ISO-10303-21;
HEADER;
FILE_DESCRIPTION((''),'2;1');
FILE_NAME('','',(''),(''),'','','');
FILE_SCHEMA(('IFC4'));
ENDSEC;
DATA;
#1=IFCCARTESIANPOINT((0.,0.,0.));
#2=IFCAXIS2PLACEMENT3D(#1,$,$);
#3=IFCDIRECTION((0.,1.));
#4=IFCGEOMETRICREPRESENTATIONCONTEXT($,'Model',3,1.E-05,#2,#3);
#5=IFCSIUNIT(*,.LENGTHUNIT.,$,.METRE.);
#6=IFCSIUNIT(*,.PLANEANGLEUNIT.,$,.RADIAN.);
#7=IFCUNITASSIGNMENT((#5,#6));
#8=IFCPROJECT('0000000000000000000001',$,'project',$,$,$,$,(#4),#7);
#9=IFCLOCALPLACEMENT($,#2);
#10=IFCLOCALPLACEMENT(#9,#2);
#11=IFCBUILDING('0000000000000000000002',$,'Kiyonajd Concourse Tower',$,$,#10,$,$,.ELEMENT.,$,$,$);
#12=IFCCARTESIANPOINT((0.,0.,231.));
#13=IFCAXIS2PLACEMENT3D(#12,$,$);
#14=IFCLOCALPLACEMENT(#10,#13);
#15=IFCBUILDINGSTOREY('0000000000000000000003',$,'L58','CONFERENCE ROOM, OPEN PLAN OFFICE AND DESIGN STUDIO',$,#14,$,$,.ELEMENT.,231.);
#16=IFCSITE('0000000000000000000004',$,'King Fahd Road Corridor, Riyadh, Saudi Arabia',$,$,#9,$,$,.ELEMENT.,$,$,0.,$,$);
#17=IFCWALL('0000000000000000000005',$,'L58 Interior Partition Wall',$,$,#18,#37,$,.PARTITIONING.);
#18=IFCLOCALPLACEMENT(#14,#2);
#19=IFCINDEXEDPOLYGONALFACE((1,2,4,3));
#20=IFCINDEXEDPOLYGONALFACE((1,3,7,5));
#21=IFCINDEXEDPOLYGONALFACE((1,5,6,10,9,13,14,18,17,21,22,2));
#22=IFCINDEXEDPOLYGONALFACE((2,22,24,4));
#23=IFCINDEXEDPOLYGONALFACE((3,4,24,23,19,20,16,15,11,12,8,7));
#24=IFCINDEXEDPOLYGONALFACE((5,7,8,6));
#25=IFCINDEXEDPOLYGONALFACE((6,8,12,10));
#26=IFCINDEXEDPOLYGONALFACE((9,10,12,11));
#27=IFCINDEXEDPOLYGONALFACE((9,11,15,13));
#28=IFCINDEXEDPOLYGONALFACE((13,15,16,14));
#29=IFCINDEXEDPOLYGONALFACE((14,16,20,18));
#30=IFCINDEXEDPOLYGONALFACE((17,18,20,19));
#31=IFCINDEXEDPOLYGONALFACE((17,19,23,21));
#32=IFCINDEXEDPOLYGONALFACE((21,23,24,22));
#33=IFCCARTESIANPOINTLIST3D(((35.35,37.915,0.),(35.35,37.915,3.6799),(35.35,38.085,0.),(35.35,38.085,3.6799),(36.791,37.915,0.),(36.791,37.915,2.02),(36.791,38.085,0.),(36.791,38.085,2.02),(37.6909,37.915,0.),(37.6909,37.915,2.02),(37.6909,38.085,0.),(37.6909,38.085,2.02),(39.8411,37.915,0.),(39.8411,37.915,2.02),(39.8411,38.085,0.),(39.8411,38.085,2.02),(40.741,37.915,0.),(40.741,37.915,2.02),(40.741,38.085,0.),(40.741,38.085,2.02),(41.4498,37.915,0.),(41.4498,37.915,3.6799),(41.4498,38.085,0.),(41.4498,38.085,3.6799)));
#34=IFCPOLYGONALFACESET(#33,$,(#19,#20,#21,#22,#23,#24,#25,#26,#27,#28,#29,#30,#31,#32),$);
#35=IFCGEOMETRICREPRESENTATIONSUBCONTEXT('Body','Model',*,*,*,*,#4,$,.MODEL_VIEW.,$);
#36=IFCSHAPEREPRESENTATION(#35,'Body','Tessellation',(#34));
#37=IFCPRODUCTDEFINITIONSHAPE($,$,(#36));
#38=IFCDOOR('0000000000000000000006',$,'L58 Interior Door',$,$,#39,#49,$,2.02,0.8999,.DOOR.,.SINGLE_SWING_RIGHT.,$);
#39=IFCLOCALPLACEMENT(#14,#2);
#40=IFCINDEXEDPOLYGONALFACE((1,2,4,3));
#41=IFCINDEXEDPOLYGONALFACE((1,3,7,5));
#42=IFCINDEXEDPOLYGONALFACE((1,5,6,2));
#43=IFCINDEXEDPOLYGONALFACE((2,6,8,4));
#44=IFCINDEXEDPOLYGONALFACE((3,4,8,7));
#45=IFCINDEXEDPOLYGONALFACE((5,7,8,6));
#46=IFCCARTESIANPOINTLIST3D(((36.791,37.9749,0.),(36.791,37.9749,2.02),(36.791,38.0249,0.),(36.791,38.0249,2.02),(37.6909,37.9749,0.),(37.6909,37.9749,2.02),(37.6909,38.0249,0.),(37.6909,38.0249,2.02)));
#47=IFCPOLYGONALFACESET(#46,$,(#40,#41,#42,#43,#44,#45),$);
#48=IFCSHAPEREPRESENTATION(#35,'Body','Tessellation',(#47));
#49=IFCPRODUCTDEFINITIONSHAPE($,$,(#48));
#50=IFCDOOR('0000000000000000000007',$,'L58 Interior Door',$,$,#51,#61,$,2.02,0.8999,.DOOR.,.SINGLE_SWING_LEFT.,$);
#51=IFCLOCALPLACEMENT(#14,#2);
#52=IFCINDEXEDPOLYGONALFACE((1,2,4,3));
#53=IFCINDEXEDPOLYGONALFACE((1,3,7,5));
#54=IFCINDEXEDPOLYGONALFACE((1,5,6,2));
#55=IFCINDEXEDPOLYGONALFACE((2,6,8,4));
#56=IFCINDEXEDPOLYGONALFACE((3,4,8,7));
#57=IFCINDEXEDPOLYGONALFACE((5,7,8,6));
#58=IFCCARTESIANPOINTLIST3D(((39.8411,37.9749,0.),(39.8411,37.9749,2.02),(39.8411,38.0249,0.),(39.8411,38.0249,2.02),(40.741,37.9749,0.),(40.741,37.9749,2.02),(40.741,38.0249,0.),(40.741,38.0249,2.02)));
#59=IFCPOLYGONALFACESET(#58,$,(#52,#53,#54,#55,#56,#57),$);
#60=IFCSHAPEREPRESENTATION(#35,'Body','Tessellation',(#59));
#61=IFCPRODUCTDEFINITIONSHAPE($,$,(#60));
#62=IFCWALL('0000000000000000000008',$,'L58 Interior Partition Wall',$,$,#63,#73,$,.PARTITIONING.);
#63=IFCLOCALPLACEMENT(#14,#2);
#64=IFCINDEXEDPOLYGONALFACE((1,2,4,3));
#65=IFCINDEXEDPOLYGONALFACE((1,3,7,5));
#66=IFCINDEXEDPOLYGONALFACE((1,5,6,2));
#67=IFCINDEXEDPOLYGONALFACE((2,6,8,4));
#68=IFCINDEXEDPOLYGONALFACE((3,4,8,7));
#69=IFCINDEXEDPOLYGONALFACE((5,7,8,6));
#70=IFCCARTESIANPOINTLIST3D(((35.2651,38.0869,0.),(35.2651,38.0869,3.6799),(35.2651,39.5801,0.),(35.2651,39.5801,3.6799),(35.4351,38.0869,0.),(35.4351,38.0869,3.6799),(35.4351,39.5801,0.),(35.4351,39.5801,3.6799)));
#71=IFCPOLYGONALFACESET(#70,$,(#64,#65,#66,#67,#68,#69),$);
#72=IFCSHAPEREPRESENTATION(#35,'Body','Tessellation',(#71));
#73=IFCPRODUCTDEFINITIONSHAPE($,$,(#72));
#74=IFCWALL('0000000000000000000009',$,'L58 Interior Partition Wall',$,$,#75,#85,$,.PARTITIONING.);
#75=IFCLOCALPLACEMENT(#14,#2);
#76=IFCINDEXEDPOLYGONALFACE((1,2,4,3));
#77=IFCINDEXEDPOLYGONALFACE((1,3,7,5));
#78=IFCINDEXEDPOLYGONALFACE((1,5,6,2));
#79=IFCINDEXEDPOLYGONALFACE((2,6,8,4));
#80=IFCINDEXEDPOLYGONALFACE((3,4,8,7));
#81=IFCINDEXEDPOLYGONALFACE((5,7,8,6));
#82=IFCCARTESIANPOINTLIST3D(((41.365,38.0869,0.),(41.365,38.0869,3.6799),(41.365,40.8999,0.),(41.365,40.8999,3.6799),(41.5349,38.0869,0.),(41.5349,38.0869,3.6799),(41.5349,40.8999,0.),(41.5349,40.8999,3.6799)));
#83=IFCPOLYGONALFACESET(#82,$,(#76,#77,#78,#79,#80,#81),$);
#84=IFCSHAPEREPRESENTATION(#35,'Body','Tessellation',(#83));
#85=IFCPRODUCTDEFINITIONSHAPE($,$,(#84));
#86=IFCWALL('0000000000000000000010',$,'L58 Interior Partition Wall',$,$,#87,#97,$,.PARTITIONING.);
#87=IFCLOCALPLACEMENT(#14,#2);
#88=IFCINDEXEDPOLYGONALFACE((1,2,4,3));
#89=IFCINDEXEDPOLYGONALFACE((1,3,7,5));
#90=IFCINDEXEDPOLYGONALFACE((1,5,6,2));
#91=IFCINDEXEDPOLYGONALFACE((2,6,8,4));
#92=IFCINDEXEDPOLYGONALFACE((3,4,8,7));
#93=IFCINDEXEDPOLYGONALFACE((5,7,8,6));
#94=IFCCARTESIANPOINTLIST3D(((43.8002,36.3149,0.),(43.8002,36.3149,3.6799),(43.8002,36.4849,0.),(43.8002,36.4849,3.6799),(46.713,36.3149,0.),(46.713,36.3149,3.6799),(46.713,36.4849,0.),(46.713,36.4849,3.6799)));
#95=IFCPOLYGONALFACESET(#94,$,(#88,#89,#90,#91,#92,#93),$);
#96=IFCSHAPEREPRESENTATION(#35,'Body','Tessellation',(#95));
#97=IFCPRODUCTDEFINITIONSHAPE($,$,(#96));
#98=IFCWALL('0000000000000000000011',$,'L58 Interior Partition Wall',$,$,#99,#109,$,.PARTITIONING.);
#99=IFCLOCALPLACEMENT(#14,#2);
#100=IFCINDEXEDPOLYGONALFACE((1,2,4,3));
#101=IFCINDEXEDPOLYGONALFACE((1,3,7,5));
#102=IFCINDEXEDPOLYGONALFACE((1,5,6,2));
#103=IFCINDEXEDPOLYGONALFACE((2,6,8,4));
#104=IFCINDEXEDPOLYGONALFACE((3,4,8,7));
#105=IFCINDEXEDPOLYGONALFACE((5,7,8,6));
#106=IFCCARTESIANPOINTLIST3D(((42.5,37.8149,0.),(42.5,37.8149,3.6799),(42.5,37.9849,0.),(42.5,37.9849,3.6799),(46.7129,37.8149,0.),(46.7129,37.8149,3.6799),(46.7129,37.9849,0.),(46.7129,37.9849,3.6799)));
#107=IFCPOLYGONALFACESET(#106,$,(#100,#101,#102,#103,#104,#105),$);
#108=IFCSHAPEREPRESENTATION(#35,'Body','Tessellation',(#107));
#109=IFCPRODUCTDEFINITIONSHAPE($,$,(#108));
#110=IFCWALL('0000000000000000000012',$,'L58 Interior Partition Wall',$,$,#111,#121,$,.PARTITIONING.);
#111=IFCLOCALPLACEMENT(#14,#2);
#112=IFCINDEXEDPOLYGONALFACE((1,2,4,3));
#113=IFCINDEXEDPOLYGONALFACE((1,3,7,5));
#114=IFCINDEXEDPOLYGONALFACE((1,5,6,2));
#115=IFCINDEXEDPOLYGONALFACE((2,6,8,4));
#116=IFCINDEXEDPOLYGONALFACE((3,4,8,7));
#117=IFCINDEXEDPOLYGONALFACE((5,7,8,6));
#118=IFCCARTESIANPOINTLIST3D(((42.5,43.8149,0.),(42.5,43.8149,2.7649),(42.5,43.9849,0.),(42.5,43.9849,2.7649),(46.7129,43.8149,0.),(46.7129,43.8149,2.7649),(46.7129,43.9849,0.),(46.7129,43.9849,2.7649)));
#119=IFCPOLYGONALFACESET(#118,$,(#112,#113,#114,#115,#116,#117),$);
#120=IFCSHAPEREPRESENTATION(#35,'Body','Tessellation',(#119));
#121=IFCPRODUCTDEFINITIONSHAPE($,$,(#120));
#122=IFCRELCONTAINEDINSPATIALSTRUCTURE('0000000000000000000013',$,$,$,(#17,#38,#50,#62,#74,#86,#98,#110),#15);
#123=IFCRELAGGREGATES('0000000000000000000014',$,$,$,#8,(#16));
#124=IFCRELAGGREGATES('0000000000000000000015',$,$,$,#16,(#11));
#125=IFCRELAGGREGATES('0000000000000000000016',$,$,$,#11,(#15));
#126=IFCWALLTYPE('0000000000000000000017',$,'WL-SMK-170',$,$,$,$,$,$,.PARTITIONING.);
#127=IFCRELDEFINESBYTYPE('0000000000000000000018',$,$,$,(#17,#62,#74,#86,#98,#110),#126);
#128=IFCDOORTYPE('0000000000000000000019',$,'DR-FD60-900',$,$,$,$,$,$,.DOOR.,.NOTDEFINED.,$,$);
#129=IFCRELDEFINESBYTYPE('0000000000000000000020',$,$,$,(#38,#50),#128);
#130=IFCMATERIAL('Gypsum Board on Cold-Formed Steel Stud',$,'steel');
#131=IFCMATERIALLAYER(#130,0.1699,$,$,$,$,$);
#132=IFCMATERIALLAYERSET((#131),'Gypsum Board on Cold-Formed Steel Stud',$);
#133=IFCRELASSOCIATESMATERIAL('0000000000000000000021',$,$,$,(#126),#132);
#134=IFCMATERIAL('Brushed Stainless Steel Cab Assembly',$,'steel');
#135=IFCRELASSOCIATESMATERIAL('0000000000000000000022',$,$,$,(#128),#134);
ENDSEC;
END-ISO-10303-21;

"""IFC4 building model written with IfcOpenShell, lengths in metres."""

from ifc_helpers import new_model, si_unit, direction, frame, frame_2d, origin, place, context, subcontext, project, spatial, rectangle, extrude, material, layer, layer_set, type_object, element, fill, save


model = new_model("IFC4")

# Units and contexts
model_context = context("Model", 3, precision=1e-05, world=origin(), true_north=direction((0.0, 1.0)))
body_context = subcontext(model_context, "Body", "Model", "MODEL_VIEW")
ifc_project = project(units=[si_unit("LENGTHUNIT", "METRE"), si_unit("PLANEANGLEUNIT", "RADIAN")], contexts=[model_context])

# Site, building, storey
site_placement = place(None, origin())
site = spatial("IfcSite", under=ifc_project, at=site_placement, Name="King Fahd Road Corridor, Riyadh, Saudi Arabia", CompositionType="ELEMENT", RefElevation=0.0)
building_placement = place(site_placement, origin())
building = spatial("IfcBuilding", under=site, at=building_placement, Name="Kiyonajd Concourse Tower", CompositionType="ELEMENT")
storey_placement = place(building_placement, frame((0.0, 0.0, 231.0)))
storey = spatial("IfcBuildingStorey", under=building, at=storey_placement, Name="L58", Description="CONFERENCE ROOM, OPEN PLAN OFFICE AND DESIGN STUDIO", CompositionType="ELEMENT", Elevation=231.0)

# Shared definitions
ifc_material_1 = material(Name="Gypsum Board on Cold-Formed Steel Stud", Category="steel")

# Wall, openings, doors
ifc_layer_1 = layer(ifc_material_1, 0.1699)
ifc_layer_set_1 = layer_set([ifc_layer_1], Name="Gypsum Board on Cold-Formed Steel Stud")
wall_type_1 = type_object("IfcWallType", Name="WL-SMK-170", PredefinedType="PARTITIONING", material=ifc_layer_set_1)
wall_1_placement = place(storey_placement, frame((35.3501, 38.0, 0.0), z_axis=(0.0, 0.0, 1.0), x_axis=(1.0, 0.0, 0.0)))
wall_1 = element("IfcWall", 1, at=wall_1_placement, inside=storey, type_object=wall_type_1, Name="L58 Interior Partition Wall", PredefinedType="PARTITIONING", context=body_context, shape_type="SweptSolid", body=[
    extrude(rectangle(XDim=6.0999, YDim=0.1699, at=frame_2d((3.0498, 0.0))), origin(), (0.0, 0.0, 1.0), 3.6799),
])
opening_1_placement = place(wall_1_placement, frame((1.4409, 0.0, 0.0)))
opening_1 = element("IfcOpeningElement", 2, at=opening_1_placement, cuts=wall_1, PredefinedType="OPENING", context=body_context, shape_type="SweptSolid", body=[
    extrude(rectangle(XDim=0.8999, YDim=2.02, at=frame_2d((0.45, 1.01))), frame((0.0, 0.095, 0.0), z_axis=(0.0, -1.0, 0.0), x_axis=(1.0, 0.0, 0.0)), (0.0, 0.0, 1.0), 0.1899),
])
opening_2_placement = place(wall_1_placement, frame((4.491, 0.0, 0.0)))
opening_2 = element("IfcOpeningElement", 3, at=opening_2_placement, cuts=wall_1, PredefinedType="OPENING", context=body_context, shape_type="SweptSolid", body=[
    extrude(rectangle(XDim=0.8999, YDim=2.02, at=frame_2d((0.45, 1.01))), frame((0.0, 0.095, 0.0), z_axis=(0.0, -1.0, 0.0), x_axis=(1.0, 0.0, 0.0)), (0.0, 0.0, 1.0), 0.1899),
])
ifc_material_2 = material(Name="Brushed Stainless Steel Cab Assembly", Category="steel")
door_type_1 = type_object("IfcDoorType", Name="DR-FD60-900", OperationType="NOTDEFINED", PredefinedType="DOOR", material=ifc_material_2)
door_1_placement = place(opening_1_placement, origin())
door_1 = element("IfcDoor", 4, at=door_1_placement, inside=storey, type_object=door_type_1, Name="L58 Interior Door", OperationType="SINGLE_SWING_RIGHT", OverallHeight=2.02, OverallWidth=0.8999, PredefinedType="DOOR", context=body_context, shape_type="SweptSolid", body=[
    extrude(rectangle(XDim=0.8999, YDim=2.02, at=frame_2d((0.45, 1.01))), frame((0.0, 0.0249, 0.0), z_axis=(0.0, -1.0, 0.0), x_axis=(1.0, 0.0, 0.0)), (0.0, 0.0, 1.0), 0.05),
])
fill(opening_1, door_1)
door_2_placement = place(opening_2_placement, origin())
door_2 = element("IfcDoor", 5, at=door_2_placement, inside=storey, type_object=door_type_1, Name="L58 Interior Door", OperationType="SINGLE_SWING_LEFT", OverallHeight=2.02, OverallWidth=0.8999, PredefinedType="DOOR", context=body_context, shape_type="SweptSolid", body=[
    extrude(rectangle(XDim=0.8999, YDim=2.02, at=frame_2d((0.45, 1.01))), frame((0.0, 0.0249, 0.0), z_axis=(0.0, -1.0, 0.0), x_axis=(1.0, 0.0, 0.0)), (0.0, 0.0, 1.0), 0.05),
])
fill(opening_2, door_2)

# Walls
wall_2_placement = place(storey_placement, frame((35.3501, 38.0869, 0.0), z_axis=(0.0, 0.0, 1.0), x_axis=(0.0, 1.0, 0.0)))
element("IfcWall", 6, at=wall_2_placement, inside=storey, type_object=wall_type_1, Name="L58 Interior Partition Wall", PredefinedType="PARTITIONING", context=body_context, shape_type="SweptSolid", body=[
    extrude(rectangle(XDim=1.4932, YDim=0.1699, at=frame_2d((0.7466, 0.0))), origin(), (0.0, 0.0, 1.0), 3.6799),
])
wall_3_placement = place(storey_placement, frame((41.45, 38.0869, 0.0), z_axis=(0.0, 0.0, 1.0), x_axis=(0.0, 1.0, 0.0)))
element("IfcWall", 7, at=wall_3_placement, inside=storey, type_object=wall_type_1, Name="L58 Interior Partition Wall", PredefinedType="PARTITIONING", context=body_context, shape_type="SweptSolid", body=[
    extrude(rectangle(XDim=2.813, YDim=0.1699, at=frame_2d((1.4065, 0.0))), origin(), (0.0, 0.0, 1.0), 3.6799),
])
wall_4_placement = place(storey_placement, frame((43.8, 36.3999, 0.0), z_axis=(0.0, 0.0, 1.0), x_axis=(1.0, 0.0, 0.0)))
element("IfcWall", 8, at=wall_4_placement, inside=storey, type_object=wall_type_1, Name="L58 Interior Partition Wall", PredefinedType="PARTITIONING", context=body_context, shape_type="SweptSolid", body=[
    extrude(rectangle(XDim=2.9128, YDim=0.1699, at=frame_2d((1.4565, 0.0))), origin(), (0.0, 0.0, 1.0), 3.6799),
])
wall_5_placement = place(storey_placement, frame((42.5, 37.8999, 0.0), z_axis=(0.0, 0.0, 1.0), x_axis=(1.0, 0.0, 0.0)))
element("IfcWall", 9, at=wall_5_placement, inside=storey, type_object=wall_type_1, Name="L58 Interior Partition Wall", PredefinedType="PARTITIONING", context=body_context, shape_type="SweptSolid", body=[
    extrude(rectangle(XDim=4.2129, YDim=0.1699, at=frame_2d((2.1064, 0.0))), origin(), (0.0, 0.0, 1.0), 3.6799),
])
wall_6_placement = place(storey_placement, frame((42.5, 43.8999, 0.0), z_axis=(0.0, 0.0, 1.0), x_axis=(1.0, 0.0, 0.0)))
element("IfcWall", 10, at=wall_6_placement, inside=storey, type_object=wall_type_1, Name="L58 Interior Partition Wall", PredefinedType="PARTITIONING", context=body_context, shape_type="SweptSolid", body=[
    extrude(rectangle(XDim=4.2129, YDim=0.1699, at=frame_2d((2.1064, 0.0))), origin(), (0.0, 0.0, 1.0), 2.7649),
])

save(model, "model.ifc")
